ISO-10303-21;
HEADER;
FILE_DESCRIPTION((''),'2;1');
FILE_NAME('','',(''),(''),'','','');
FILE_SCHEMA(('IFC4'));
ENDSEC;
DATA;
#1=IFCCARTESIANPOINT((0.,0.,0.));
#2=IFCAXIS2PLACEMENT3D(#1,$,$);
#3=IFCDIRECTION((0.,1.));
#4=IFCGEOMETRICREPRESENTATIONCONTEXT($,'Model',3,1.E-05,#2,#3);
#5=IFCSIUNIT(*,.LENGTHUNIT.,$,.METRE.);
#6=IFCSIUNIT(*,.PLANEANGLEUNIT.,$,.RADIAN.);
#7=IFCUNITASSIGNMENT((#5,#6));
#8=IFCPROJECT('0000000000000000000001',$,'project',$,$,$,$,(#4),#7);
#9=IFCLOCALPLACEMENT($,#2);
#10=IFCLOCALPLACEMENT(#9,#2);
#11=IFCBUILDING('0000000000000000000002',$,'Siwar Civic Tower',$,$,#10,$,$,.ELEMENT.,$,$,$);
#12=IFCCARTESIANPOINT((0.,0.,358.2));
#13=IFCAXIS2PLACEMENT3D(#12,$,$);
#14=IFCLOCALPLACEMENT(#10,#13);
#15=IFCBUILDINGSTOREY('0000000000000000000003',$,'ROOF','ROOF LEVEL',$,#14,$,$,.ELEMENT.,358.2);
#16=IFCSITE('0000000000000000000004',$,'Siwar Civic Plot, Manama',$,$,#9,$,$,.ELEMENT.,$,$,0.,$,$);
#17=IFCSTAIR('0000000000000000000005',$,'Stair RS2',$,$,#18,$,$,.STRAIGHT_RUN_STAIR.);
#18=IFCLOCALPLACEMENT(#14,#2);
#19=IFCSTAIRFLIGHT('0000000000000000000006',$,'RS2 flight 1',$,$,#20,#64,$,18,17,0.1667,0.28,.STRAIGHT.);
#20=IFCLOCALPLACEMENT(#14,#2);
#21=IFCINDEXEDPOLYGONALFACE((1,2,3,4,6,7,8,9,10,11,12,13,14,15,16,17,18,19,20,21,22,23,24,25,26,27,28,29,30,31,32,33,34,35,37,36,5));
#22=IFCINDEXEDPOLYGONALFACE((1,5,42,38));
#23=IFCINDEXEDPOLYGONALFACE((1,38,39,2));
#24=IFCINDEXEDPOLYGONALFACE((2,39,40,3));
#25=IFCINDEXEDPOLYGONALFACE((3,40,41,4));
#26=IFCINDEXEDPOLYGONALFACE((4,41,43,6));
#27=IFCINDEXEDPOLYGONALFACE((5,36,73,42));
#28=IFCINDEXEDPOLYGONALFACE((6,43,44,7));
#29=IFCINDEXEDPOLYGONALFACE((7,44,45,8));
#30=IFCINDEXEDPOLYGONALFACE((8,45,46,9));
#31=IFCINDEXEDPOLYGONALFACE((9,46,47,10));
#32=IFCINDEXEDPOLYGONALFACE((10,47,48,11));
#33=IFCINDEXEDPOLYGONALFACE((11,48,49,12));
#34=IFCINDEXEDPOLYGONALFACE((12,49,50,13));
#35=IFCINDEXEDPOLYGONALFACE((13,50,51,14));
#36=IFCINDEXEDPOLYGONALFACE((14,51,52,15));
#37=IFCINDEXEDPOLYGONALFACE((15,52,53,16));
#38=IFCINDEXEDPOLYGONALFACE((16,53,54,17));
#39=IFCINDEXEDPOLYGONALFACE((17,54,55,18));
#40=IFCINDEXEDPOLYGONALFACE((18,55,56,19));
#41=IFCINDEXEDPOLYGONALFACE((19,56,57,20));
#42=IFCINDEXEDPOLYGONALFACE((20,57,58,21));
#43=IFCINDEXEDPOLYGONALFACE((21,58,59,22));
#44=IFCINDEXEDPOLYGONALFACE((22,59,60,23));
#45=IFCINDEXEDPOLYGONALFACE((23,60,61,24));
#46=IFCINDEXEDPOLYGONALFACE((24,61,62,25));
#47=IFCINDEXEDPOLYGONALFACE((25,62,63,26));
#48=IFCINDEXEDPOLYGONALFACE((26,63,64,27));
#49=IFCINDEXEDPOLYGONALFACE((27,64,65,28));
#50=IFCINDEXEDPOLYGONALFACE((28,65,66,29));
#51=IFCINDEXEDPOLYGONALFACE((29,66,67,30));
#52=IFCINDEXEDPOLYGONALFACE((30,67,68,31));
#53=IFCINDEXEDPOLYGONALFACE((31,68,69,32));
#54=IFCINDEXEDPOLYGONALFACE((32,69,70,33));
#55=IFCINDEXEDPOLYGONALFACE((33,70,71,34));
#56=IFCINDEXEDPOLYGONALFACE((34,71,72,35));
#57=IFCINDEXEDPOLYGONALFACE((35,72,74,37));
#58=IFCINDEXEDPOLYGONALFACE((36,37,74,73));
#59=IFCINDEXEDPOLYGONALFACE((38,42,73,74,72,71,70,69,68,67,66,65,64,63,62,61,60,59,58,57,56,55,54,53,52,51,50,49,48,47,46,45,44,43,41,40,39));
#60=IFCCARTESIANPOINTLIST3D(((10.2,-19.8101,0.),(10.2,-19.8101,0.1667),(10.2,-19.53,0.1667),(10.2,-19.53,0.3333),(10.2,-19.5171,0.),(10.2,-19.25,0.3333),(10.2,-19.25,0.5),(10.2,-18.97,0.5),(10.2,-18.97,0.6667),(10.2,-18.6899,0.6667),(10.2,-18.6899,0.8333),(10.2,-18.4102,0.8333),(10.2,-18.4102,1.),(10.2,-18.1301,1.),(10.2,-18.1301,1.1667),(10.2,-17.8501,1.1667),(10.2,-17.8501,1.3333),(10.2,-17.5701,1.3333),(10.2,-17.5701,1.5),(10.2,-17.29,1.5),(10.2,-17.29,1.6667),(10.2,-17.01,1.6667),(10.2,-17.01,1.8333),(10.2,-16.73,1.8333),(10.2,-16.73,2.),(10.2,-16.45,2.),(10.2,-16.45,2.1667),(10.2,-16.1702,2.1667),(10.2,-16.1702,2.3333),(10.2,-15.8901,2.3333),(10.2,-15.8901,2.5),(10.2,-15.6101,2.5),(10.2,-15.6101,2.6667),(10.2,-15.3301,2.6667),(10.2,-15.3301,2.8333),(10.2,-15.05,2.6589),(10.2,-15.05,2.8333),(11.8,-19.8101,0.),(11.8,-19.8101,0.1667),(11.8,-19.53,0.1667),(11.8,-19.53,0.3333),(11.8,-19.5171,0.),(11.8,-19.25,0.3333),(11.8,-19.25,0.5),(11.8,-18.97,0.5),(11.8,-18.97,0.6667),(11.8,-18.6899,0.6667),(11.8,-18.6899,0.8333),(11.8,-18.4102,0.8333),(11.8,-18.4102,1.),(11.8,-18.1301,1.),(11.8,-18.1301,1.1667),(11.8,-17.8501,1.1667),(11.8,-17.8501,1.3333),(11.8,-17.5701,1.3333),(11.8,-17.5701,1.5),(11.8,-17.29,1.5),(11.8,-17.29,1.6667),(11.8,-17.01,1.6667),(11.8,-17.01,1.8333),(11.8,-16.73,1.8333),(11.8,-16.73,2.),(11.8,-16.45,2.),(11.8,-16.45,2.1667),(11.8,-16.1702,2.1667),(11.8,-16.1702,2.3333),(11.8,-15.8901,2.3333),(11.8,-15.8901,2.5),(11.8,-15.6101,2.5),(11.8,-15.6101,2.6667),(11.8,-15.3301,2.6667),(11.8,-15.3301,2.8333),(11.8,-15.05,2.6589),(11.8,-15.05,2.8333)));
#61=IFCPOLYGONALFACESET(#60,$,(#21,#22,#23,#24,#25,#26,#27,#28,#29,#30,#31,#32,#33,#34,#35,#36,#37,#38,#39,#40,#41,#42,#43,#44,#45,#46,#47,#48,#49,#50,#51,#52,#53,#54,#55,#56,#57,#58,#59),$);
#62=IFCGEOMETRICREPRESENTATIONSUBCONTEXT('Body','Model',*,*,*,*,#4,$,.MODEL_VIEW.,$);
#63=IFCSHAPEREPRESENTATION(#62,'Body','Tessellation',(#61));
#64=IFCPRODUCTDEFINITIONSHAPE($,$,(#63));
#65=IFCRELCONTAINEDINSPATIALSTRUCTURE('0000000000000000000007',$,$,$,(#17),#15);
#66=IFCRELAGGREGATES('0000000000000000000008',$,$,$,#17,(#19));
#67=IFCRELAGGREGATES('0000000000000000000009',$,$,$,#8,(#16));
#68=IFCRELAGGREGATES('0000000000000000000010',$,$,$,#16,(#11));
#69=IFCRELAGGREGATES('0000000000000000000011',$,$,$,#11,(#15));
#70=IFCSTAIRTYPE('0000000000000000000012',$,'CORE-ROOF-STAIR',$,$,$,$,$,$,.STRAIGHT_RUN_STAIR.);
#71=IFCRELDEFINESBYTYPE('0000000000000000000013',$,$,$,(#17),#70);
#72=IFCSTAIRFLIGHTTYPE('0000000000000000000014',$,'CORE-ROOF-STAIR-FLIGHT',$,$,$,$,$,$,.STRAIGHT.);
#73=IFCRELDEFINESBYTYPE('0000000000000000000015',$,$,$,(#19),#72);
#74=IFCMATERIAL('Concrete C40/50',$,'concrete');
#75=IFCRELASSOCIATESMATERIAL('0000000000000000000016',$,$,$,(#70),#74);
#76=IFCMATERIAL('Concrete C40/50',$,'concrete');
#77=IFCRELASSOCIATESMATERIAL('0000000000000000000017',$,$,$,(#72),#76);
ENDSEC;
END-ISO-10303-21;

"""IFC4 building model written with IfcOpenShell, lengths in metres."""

from ifc_helpers import new_model, si_unit, direction, frame, origin, place, context, subcontext, project, spatial, polyline, outline, extrude, material, type_object, element, aggregate, save


model = new_model("IFC4")

# Units and contexts
model_context = context("Model", 3, precision=1e-05, world=origin(), true_north=direction((0.0, 1.0)))
body_context = subcontext(model_context, "Body", "Model", "MODEL_VIEW")
ifc_project = project(units=[si_unit("LENGTHUNIT", "METRE"), si_unit("PLANEANGLEUNIT", "RADIAN")], contexts=[model_context])

# Site, building, storey
site_placement = place(None, origin())
site = spatial("IfcSite", under=ifc_project, at=site_placement, Name="Siwar Civic Plot, Manama", CompositionType="ELEMENT", RefElevation=0.0)
building_placement = place(site_placement, origin())
building = spatial("IfcBuilding", under=site, at=building_placement, Name="Siwar Civic Tower", CompositionType="ELEMENT")
storey_placement = place(building_placement, frame((0.0, 0.0, 358.2)))
storey = spatial("IfcBuildingStorey", under=building, at=storey_placement, Name="ROOF", Description="ROOF LEVEL", CompositionType="ELEMENT", Elevation=358.2)

# Stair, stair flight
ifc_material_1 = material(Name="Concrete C40/50", Category="concrete")
stair_type = type_object("IfcStairType", Name="CORE-ROOF-STAIR", PredefinedType="STRAIGHT_RUN_STAIR", material=ifc_material_1)
stair_placement = place(storey_placement, origin())
stair = element("IfcStair", 1, at=stair_placement, inside=storey, type_object=stair_type, Name="Stair RS2", PredefinedType="STRAIGHT_RUN_STAIR")
ifc_material_2 = material(Name="Concrete C40/50", Category="concrete")
stair_flight_type = type_object("IfcStairFlightType", Name="CORE-ROOF-STAIR-FLIGHT", PredefinedType="STRAIGHT", material=ifc_material_2)
stair_flight_placement = place(storey_placement, frame((11.0, -19.8101, 0.0), z_axis=(0.0, 0.0, 1.0), x_axis=(0.0, 1.0, 0.0)))
stair_flight = element("IfcStairFlight", 2, at=stair_flight_placement, type_object=stair_flight_type, Name="RS2 flight 1", NumberOfRisers=18, NumberOfTreads=17, PredefinedType="STRAIGHT", RiserHeight=0.1667, TreadLength=0.28, context=body_context, shape_type="SweptSolid", body=[
    extrude(outline(polyline([(0.0, 0.0), (0.0, 0.1667), (0.28, 0.1667), (0.28, 0.3333), (0.5601, 0.3333), (0.5601, 0.5), (0.8401, 0.5), (0.8401, 0.6667), (1.1201, 0.6667), (1.1201, 0.8333), (1.3999, 0.8333), (1.3999, 1.0), (1.6799, 1.0), (1.6799, 1.1667), (1.96, 1.1667), (1.96, 1.3333), (2.24, 1.3333), (2.24, 1.5), (2.52, 1.5), (2.52, 1.6667), (2.8, 1.6667), (2.8, 1.8333), (3.0801, 1.8333), (3.0801, 2.0), (3.3601, 2.0), (3.3601, 2.1667), (3.6399, 2.1667), (3.6399, 2.3333), (3.9199, 2.3333), (3.9199, 2.5), (4.2, 2.5), (4.2, 2.6667), (4.48, 2.6667), (4.48, 2.8333), (4.76, 2.8333), (4.76, 3.0), (4.76, 2.6589), (0.293, 0.0), (0.0, 0.0)])), frame((0.0, 0.8, 0.0), z_axis=(0.0, -1.0, 0.0), x_axis=(1.0, 0.0, 0.0)), (0.0, 0.0, 1.0), 1.6001),
])
aggregate(stair, [stair_flight])

save(model, "model.ifc")
